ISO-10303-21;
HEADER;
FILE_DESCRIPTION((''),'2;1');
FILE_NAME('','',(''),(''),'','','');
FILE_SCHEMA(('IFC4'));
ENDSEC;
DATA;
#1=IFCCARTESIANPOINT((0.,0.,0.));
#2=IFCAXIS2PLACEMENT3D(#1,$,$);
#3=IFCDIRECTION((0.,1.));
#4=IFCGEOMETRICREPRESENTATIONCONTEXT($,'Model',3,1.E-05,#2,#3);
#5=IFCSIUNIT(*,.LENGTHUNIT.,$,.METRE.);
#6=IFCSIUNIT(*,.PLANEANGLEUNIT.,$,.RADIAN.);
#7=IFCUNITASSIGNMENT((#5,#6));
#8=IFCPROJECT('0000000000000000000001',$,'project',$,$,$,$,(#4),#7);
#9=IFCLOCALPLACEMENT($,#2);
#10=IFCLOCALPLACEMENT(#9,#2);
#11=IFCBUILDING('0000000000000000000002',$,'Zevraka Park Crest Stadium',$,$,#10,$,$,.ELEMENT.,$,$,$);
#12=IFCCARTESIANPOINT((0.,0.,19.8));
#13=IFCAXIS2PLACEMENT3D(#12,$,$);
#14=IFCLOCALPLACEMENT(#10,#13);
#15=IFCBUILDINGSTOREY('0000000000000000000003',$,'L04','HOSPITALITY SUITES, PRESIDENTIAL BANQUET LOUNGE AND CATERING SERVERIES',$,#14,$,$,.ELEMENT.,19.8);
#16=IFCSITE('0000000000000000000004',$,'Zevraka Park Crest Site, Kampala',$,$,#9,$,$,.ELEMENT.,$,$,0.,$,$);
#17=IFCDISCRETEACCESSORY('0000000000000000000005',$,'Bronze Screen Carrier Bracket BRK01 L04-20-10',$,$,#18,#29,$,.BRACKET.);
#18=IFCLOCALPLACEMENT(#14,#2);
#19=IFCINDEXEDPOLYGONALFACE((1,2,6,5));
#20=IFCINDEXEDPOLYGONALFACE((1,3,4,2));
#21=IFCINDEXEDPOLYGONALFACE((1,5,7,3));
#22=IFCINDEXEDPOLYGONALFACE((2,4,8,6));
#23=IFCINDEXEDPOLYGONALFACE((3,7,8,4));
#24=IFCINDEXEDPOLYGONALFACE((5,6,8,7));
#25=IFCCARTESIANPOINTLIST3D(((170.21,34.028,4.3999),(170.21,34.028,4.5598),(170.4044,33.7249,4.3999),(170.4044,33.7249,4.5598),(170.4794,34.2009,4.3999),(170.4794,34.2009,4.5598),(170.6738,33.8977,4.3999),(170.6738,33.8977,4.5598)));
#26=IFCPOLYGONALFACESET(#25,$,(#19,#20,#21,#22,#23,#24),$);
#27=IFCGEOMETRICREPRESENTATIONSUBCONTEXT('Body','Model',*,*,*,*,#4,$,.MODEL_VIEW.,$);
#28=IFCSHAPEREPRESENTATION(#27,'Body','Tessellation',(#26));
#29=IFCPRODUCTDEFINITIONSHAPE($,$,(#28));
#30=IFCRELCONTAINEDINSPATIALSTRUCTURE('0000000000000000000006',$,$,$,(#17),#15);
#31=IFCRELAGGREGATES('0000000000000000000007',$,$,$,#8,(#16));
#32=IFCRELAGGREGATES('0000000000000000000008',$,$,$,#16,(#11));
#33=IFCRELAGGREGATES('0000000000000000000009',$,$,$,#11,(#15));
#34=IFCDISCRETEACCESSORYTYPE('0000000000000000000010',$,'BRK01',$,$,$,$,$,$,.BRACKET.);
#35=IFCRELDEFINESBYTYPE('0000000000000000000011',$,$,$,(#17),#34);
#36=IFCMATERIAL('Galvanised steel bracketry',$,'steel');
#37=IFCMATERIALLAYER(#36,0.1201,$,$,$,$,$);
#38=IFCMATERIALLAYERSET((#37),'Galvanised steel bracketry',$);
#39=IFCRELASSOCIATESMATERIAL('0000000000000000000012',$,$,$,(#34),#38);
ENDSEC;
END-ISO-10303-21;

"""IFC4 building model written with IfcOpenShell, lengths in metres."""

from ifc_helpers import new_model, si_unit, direction, frame, origin, origin_2d, place, context, subcontext, project, spatial, rectangle, extrude, material, layer, layer_set, type_object, element, save


model = new_model("IFC4")

# Units and contexts
model_context = context("Model", 3, precision=1e-05, world=origin(), true_north=direction((0.0, 1.0)))
body_context = subcontext(model_context, "Body", "Model", "MODEL_VIEW")
ifc_project = project(units=[si_unit("LENGTHUNIT", "METRE"), si_unit("PLANEANGLEUNIT", "RADIAN")], contexts=[model_context])

# Site, building, storey
site_placement = place(None, origin())
site = spatial("IfcSite", under=ifc_project, at=site_placement, Name="Zevraka Park Crest Site, Kampala", CompositionType="ELEMENT", RefElevation=0.0)
building_placement = place(site_placement, origin())
building = spatial("IfcBuilding", under=site, at=building_placement, Name="Zevraka Park Crest Stadium", CompositionType="ELEMENT")
storey_placement = place(building_placement, frame((0.0, 0.0, 19.8)))
storey = spatial("IfcBuildingStorey", under=building, at=storey_placement, Name="L04", Description="HOSPITALITY SUITES, PRESIDENTIAL BANQUET LOUNGE AND CATERING SERVERIES", CompositionType="ELEMENT", Elevation=19.8)

# Discrete accessory
ifc_material_1 = material(Name="Galvanised steel bracketry", Category="steel")
ifc_layer_1 = layer(ifc_material_1, 0.1201)
ifc_layer_set_1 = layer_set([ifc_layer_1], Name="Galvanised steel bracketry")
discrete_accessory_type = type_object("IfcDiscreteAccessoryType", Name="BRK01", PredefinedType="BRACKET", material=ifc_layer_set_1)
for number, where, z_axis, x_axis, name in (
    (1, (170.4419, 33.9629, 4.3999), (0.0, 0.0, 1.0), (0.841699, 0.539947, 0.0), "Bronze Screen Carrier Bracket BRK01 L04-20-10"),
):
    element("IfcDiscreteAccessory", number, at=place(storey_placement, frame(where, z_axis=z_axis, x_axis=x_axis)), inside=storey, type_object=discrete_accessory_type, Name=name, PredefinedType="BRACKET", context=body_context, shape_type="SweptSolid", body=[
        extrude(rectangle(XDim=0.3201, YDim=0.3601, at=origin_2d()), origin(), (0.0, 0.0, 1.0), 0.1599),
    ])

save(model, "model.ifc")
